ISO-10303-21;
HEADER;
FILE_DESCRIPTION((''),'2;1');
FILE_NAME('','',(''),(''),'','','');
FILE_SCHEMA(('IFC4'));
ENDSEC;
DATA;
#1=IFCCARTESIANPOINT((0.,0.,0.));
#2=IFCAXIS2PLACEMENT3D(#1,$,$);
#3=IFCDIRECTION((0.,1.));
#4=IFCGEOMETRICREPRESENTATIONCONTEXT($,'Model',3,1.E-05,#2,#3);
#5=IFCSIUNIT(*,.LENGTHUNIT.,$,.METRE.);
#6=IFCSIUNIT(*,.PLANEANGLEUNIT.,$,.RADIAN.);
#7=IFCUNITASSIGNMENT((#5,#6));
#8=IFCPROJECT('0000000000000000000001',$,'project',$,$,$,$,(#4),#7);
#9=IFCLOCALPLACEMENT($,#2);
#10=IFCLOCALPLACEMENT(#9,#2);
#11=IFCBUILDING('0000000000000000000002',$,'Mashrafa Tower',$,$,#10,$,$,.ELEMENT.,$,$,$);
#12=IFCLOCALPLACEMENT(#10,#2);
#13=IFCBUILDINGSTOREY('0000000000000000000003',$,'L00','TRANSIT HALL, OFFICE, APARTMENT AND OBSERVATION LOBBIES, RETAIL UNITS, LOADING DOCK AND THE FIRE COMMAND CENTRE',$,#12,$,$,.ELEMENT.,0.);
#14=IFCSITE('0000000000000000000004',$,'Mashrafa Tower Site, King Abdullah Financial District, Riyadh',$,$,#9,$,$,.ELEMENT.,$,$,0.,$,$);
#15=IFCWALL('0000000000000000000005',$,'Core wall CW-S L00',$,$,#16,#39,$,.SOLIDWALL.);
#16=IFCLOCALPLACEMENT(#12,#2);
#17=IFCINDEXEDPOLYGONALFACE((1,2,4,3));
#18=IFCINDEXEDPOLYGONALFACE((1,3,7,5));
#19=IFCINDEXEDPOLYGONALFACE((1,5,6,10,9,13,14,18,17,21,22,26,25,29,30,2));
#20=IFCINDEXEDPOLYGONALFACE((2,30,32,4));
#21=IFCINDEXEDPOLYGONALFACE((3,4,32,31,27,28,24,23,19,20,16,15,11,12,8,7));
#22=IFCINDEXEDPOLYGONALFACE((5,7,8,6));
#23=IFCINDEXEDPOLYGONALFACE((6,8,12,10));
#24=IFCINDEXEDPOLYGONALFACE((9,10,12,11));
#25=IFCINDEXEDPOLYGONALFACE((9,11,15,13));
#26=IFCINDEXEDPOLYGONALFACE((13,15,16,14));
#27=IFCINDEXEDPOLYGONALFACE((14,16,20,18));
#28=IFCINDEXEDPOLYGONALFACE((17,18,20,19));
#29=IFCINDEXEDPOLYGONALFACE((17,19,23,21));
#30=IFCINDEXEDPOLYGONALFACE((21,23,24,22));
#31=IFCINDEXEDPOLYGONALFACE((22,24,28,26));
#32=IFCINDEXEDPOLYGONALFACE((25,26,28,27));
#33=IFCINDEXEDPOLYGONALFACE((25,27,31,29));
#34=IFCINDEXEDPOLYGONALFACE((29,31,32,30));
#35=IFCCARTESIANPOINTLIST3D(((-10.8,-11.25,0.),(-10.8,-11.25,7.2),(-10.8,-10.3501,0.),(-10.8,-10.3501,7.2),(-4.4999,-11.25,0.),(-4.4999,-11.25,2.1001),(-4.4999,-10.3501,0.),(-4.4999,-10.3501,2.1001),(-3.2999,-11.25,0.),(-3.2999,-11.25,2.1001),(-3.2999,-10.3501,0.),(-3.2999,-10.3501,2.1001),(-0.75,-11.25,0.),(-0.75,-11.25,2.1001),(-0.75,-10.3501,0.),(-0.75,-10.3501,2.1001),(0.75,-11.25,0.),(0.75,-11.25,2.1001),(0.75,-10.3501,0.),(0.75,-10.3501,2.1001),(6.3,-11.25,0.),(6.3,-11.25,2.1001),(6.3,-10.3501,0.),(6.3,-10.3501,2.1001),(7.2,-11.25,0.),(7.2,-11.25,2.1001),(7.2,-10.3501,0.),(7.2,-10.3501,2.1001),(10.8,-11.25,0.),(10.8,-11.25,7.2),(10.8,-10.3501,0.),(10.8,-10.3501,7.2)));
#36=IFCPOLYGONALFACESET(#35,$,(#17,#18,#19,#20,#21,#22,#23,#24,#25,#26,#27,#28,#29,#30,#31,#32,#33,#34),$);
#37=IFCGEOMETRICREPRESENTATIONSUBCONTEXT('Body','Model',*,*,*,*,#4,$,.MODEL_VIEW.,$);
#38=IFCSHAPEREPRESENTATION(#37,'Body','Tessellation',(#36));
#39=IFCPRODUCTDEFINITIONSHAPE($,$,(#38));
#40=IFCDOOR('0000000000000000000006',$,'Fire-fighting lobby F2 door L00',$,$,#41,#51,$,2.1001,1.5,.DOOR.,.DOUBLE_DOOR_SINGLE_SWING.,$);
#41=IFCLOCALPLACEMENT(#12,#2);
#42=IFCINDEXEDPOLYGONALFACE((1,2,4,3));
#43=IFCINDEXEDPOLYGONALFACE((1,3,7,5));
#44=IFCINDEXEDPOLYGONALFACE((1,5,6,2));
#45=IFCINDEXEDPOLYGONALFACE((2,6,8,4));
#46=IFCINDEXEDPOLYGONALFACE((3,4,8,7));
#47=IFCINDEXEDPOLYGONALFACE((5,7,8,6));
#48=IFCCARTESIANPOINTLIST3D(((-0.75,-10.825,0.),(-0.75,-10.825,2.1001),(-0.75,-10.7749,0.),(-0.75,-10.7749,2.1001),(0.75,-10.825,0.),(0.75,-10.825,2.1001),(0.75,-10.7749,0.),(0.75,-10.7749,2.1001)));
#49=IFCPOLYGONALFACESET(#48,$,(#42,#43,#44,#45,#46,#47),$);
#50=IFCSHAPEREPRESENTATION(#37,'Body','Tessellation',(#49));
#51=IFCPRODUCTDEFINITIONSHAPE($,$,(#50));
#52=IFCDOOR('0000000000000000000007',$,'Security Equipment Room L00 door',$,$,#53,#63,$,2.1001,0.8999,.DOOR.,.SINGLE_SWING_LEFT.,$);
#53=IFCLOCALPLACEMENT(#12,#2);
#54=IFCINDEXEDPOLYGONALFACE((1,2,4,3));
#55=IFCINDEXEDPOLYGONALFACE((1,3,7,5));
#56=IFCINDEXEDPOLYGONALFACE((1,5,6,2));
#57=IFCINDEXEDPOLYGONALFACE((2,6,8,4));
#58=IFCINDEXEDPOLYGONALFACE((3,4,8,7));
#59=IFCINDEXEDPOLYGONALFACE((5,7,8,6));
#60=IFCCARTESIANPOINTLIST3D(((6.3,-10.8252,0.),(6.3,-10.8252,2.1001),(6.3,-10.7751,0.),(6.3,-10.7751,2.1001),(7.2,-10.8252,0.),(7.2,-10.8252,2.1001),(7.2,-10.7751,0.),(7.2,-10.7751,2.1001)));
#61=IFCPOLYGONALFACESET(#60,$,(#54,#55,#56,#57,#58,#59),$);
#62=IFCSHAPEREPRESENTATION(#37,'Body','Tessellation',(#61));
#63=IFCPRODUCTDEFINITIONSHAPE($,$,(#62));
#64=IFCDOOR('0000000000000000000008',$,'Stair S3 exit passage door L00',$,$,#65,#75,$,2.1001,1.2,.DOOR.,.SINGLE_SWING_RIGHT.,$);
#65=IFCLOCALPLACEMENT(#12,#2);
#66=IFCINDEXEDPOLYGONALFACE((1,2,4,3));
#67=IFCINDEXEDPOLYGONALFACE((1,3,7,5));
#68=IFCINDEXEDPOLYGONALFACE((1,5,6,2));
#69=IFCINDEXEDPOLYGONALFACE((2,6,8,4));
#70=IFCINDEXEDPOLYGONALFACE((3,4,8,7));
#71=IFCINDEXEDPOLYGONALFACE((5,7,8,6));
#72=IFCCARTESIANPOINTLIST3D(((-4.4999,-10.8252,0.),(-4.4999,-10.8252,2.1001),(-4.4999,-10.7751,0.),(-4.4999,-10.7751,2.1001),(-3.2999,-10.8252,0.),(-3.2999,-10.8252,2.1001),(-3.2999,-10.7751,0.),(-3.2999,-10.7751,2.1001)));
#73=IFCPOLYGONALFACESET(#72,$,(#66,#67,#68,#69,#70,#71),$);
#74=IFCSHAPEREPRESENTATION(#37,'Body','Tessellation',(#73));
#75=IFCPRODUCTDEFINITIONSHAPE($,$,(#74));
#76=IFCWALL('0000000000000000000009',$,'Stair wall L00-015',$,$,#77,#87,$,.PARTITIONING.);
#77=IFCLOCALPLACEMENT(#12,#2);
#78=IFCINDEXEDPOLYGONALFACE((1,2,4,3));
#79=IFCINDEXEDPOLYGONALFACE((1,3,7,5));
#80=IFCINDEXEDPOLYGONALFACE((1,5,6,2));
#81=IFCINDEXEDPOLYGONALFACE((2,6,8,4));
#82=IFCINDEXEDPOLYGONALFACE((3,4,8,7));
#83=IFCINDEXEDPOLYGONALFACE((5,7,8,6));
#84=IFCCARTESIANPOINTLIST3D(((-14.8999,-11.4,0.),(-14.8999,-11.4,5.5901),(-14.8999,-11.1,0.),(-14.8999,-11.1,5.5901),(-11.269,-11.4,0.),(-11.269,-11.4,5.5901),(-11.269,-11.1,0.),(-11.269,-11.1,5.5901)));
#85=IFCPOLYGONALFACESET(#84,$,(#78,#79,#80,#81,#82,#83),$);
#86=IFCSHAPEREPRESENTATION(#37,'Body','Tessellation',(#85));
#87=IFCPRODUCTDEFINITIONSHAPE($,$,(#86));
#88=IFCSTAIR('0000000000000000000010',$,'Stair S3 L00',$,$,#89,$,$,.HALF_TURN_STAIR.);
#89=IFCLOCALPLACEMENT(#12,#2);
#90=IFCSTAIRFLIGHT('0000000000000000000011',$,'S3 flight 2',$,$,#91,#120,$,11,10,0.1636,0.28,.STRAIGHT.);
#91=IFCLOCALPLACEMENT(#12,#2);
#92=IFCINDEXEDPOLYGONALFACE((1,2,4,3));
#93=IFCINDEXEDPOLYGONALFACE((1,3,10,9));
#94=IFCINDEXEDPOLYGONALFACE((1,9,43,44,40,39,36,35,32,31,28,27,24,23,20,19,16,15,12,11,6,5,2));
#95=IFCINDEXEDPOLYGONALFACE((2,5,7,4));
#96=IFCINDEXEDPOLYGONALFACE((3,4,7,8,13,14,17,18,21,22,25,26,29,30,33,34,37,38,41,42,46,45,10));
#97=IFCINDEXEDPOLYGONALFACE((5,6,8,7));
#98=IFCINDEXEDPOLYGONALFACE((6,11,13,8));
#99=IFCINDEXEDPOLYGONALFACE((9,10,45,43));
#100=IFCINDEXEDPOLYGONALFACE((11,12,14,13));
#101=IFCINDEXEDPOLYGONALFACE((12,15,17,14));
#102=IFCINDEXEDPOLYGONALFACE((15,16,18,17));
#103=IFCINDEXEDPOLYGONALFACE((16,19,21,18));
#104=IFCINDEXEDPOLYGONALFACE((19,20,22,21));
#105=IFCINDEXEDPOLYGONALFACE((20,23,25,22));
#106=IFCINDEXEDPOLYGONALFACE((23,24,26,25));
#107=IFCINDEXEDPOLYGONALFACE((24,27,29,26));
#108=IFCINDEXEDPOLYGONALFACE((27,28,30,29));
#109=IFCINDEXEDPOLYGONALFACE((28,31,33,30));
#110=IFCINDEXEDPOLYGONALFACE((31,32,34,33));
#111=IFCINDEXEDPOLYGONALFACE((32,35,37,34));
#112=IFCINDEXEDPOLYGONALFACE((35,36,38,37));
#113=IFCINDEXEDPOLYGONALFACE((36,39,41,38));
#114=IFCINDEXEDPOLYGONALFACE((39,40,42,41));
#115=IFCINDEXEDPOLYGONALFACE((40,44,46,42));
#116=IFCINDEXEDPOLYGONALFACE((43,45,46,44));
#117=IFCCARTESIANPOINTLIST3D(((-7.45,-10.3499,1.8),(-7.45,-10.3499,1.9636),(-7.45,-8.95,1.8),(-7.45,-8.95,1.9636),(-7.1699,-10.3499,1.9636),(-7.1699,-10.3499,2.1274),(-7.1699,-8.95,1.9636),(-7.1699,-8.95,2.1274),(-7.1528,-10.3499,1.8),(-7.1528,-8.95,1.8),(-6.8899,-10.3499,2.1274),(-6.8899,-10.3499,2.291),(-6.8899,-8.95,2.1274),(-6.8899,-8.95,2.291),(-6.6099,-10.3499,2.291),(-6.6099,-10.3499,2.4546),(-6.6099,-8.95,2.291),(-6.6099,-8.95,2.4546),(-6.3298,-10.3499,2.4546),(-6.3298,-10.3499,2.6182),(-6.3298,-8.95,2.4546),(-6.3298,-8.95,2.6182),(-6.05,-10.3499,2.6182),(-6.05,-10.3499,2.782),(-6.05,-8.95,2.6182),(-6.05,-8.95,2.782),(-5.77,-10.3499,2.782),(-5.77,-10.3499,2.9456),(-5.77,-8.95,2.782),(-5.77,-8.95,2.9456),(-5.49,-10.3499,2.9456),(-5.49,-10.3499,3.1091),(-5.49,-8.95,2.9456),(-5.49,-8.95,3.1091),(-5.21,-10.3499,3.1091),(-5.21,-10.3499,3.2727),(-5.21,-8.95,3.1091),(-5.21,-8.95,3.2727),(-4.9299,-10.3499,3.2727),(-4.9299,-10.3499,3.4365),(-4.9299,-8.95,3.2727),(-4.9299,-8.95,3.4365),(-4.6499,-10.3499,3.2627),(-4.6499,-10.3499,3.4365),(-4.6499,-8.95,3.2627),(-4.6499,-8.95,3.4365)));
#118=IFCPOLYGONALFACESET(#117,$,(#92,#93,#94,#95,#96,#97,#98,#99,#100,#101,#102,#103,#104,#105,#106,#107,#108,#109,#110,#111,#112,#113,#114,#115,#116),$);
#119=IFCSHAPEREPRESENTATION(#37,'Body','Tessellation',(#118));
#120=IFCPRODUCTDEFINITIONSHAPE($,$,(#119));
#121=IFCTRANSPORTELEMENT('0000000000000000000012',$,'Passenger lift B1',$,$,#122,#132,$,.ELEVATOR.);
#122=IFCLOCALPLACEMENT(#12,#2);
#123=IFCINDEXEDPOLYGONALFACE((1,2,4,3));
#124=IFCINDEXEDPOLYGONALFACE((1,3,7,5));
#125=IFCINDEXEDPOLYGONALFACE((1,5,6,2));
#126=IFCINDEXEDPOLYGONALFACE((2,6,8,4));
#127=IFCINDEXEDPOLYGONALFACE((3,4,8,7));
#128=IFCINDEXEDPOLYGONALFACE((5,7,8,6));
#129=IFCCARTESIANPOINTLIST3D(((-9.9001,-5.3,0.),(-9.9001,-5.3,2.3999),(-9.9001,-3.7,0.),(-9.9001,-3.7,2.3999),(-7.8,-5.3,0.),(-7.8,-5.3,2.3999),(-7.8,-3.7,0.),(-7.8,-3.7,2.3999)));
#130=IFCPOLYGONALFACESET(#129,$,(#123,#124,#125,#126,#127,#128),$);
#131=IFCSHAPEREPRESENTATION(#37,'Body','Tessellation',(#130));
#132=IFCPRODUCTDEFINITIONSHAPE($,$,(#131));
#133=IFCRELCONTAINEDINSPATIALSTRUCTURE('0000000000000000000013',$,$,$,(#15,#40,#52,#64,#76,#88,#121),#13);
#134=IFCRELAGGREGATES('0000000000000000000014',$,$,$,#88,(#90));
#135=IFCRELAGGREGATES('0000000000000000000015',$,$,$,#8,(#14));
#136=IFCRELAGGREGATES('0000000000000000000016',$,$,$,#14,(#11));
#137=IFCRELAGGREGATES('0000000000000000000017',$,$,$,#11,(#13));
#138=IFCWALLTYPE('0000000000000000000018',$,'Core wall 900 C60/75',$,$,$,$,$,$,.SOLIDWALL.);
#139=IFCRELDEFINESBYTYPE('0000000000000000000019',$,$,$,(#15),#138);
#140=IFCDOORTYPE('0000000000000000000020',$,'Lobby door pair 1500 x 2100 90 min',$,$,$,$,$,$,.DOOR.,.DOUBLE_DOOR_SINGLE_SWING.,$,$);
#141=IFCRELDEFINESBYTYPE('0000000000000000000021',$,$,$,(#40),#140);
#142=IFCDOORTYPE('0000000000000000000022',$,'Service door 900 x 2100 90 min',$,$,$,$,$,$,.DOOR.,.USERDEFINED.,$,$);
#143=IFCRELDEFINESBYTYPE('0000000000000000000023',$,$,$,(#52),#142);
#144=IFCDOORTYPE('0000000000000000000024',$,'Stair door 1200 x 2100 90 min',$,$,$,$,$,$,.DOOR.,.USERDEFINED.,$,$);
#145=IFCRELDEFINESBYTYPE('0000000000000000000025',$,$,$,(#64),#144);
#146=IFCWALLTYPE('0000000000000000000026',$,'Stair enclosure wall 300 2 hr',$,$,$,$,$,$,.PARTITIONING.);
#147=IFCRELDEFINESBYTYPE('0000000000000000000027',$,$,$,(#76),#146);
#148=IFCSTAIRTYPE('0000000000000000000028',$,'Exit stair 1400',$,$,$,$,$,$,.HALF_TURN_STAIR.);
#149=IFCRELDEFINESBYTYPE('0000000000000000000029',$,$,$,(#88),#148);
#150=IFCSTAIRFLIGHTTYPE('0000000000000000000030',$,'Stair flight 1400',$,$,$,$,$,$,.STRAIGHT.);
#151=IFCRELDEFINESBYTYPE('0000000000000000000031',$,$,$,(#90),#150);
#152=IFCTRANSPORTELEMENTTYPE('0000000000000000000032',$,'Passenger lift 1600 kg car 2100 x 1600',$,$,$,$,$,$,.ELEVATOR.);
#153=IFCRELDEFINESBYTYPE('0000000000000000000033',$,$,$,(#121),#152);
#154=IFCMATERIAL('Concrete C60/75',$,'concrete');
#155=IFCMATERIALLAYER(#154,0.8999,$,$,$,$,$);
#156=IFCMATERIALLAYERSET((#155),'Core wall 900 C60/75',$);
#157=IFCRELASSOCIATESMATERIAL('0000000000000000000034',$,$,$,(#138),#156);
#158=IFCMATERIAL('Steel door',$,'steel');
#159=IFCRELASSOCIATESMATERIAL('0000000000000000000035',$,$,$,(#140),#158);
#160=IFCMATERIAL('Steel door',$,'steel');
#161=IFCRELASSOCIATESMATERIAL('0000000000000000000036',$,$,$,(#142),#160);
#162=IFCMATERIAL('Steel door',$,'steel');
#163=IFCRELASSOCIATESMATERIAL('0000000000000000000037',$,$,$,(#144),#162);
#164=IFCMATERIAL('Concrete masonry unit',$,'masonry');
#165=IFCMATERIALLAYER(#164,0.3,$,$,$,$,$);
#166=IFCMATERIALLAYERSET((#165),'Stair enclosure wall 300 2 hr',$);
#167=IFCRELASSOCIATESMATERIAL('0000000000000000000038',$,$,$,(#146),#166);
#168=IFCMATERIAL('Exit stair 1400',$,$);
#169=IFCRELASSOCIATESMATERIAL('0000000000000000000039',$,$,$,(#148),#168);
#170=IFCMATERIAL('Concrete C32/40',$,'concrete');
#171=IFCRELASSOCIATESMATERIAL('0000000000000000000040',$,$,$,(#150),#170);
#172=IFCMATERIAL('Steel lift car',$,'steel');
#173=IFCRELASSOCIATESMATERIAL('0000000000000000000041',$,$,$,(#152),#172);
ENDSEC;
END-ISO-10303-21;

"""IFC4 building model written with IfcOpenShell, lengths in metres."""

from ifc_helpers import new_model, si_unit, direction, frame, frame_2d, origin, origin_2d, place, context, subcontext, project, spatial, polyline, rectangle, outline, extrude, material, layer, layer_set, type_object, element, fill, aggregate, save


model = new_model("IFC4")

# Units and contexts
model_context = context("Model", 3, precision=1e-05, world=origin(), true_north=direction((0.0, 1.0)))
body_context = subcontext(model_context, "Body", "Model", "MODEL_VIEW")
ifc_project = project(units=[si_unit("LENGTHUNIT", "METRE"), si_unit("PLANEANGLEUNIT", "RADIAN")], contexts=[model_context])

# Site, building, storey
site_placement = place(None, origin())
site = spatial("IfcSite", under=ifc_project, at=site_placement, Name="Mashrafa Tower Site, King Abdullah Financial District, Riyadh", CompositionType="ELEMENT", RefElevation=0.0)
building_placement = place(site_placement, origin())
building = spatial("IfcBuilding", under=site, at=building_placement, Name="Mashrafa Tower", CompositionType="ELEMENT")
storey_placement = place(building_placement, origin())
storey = spatial("IfcBuildingStorey", under=building, at=storey_placement, Name="L00", Description="TRANSIT HALL, OFFICE, APARTMENT AND OBSERVATION LOBBIES, RETAIL UNITS, LOADING DOCK AND THE FIRE COMMAND CENTRE", CompositionType="ELEMENT", Elevation=0.0)

# Wall, openings, doors
ifc_material_1 = material(Name="Concrete C60/75", Category="concrete")
ifc_layer_1 = layer(ifc_material_1, 0.8999)
ifc_layer_set_1 = layer_set([ifc_layer_1], Name="Core wall 900 C60/75")
wall_type_1 = type_object("IfcWallType", Name="Core wall 900 C60/75", PredefinedType="SOLIDWALL", material=ifc_layer_set_1)
wall_1_placement = place(storey_placement, frame((-10.8, -10.8, 0.0), z_axis=(0.0, 0.0, 1.0), x_axis=(1.0, 0.0, 0.0)))
wall_1 = element("IfcWall", 1, at=wall_1_placement, inside=storey, type_object=wall_type_1, Name="Core wall CW-S L00", PredefinedType="SOLIDWALL", context=body_context, shape_type="SweptSolid", body=[
    extrude(rectangle(XDim=21.6001, YDim=0.8999, at=frame_2d((10.8, 0.0))), origin(), (0.0, 0.0, 1.0), 7.2),
])
opening_1_placement = place(wall_1_placement, frame((10.05, 0.0, 0.0)))
opening_1 = element("IfcOpeningElement", 2, at=opening_1_placement, cuts=wall_1, PredefinedType="OPENING", context=body_context, shape_type="SweptSolid", body=[
    extrude(rectangle(XDim=1.5, YDim=2.1001, at=frame_2d((0.75, 1.05))), frame((0.0, 0.46, 0.0), z_axis=(0.0, -1.0, 0.0), x_axis=(1.0, 0.0, 0.0)), (0.0, 0.0, 1.0), 0.9199),
])
opening_2_placement = place(wall_1_placement, frame((6.3, 0.0, 0.0)))
opening_2 = element("IfcOpeningElement", 3, at=opening_2_placement, cuts=wall_1, PredefinedType="OPENING", context=body_context, shape_type="SweptSolid", body=[
    extrude(rectangle(XDim=1.2, YDim=2.1001, at=frame_2d((0.6001, 1.05))), frame((0.0, 0.46, 0.0), z_axis=(0.0, -1.0, 0.0), x_axis=(1.0, 0.0, 0.0)), (0.0, 0.0, 1.0), 0.9199),
])
opening_3_placement = place(wall_1_placement, frame((17.1001, 0.0, 0.0)))
opening_3 = element("IfcOpeningElement", 4, at=opening_3_placement, cuts=wall_1, PredefinedType="OPENING", context=body_context, shape_type="SweptSolid", body=[
    extrude(rectangle(XDim=0.8999, YDim=2.1001, at=frame_2d((0.45, 1.05))), frame((0.0, 0.46, 0.0), z_axis=(0.0, -1.0, 0.0), x_axis=(1.0, 0.0, 0.0)), (0.0, 0.0, 1.0), 0.9199),
])
ifc_material_2 = material(Name="Steel door", Category="steel")
door_type_1 = type_object("IfcDoorType", Name="Lobby door pair 1500 x 2100 90 min", OperationType="DOUBLE_DOOR_SINGLE_SWING", PredefinedType="DOOR", material=ifc_material_2)
door_1_placement = place(opening_1_placement, frame((1.5, 0.0, 0.0), z_axis=(0.0, 0.0, 1.0), x_axis=(-1.0, 0.0, 0.0)))
door_1 = element("IfcDoor", 5, at=door_1_placement, inside=storey, type_object=door_type_1, Name="Fire-fighting lobby F2 door L00", OperationType="DOUBLE_DOOR_SINGLE_SWING", OverallHeight=2.1001, OverallWidth=1.5, PredefinedType="DOOR", context=body_context, shape_type="SweptSolid", body=[
    extrude(rectangle(XDim=1.5, YDim=2.1001, at=frame_2d((0.75, 1.05))), frame((0.0, 0.0249, 0.0), z_axis=(0.0, -1.0, 0.0), x_axis=(1.0, 0.0, 0.0)), (0.0, 0.0, 1.0), 0.05),
])
fill(opening_1, door_1)
ifc_material_3 = material(Name="Steel door", Category="steel")
door_type_2 = type_object("IfcDoorType", Name="Service door 900 x 2100 90 min", OperationType="USERDEFINED", PredefinedType="DOOR", material=ifc_material_3)
door_2_placement = place(opening_3_placement, origin())
door_2 = element("IfcDoor", 6, at=door_2_placement, inside=storey, type_object=door_type_2, Name="Security Equipment Room L00 door", OperationType="SINGLE_SWING_LEFT", OverallHeight=2.1001, OverallWidth=0.8999, PredefinedType="DOOR", context=body_context, shape_type="SweptSolid", body=[
    extrude(rectangle(XDim=0.8999, YDim=2.1001, at=frame_2d((0.45, 1.05))), frame((0.0, 0.0249, 0.0), z_axis=(0.0, -1.0, 0.0), x_axis=(1.0, 0.0, 0.0)), (0.0, 0.0, 1.0), 0.05),
])
fill(opening_3, door_2)
ifc_material_4 = material(Name="Steel door", Category="steel")
door_type_3 = type_object("IfcDoorType", Name="Stair door 1200 x 2100 90 min", OperationType="USERDEFINED", PredefinedType="DOOR", material=ifc_material_4)
door_3_placement = place(opening_2_placement, origin())
door_3 = element("IfcDoor", 7, at=door_3_placement, inside=storey, type_object=door_type_3, Name="Stair S3 exit passage door L00", OperationType="SINGLE_SWING_RIGHT", OverallHeight=2.1001, OverallWidth=1.2, PredefinedType="DOOR", context=body_context, shape_type="SweptSolid", body=[
    extrude(rectangle(XDim=1.2, YDim=2.1001, at=frame_2d((0.6001, 1.05))), frame((0.0, 0.0249, 0.0), z_axis=(0.0, -1.0, 0.0), x_axis=(1.0, 0.0, 0.0)), (0.0, 0.0, 1.0), 0.05),
])
fill(opening_2, door_3)

# Wall
ifc_material_5 = material(Name="Concrete masonry unit", Category="masonry")
ifc_layer_2 = layer(ifc_material_5, 0.3)
ifc_layer_set_2 = layer_set([ifc_layer_2], Name="Stair enclosure wall 300 2 hr")
wall_type_2 = type_object("IfcWallType", Name="Stair enclosure wall 300 2 hr", PredefinedType="PARTITIONING", material=ifc_layer_set_2)
wall_2_placement = place(storey_placement, frame((-11.269, -11.25, 0.0), z_axis=(0.0, 0.0, 1.0), x_axis=(-1.0, 0.0, 0.0)))
element("IfcWall", 8, at=wall_2_placement, inside=storey, type_object=wall_type_2, Name="Stair wall L00-015", PredefinedType="PARTITIONING", context=body_context, shape_type="SweptSolid", body=[
    extrude(rectangle(XDim=3.6309, YDim=0.3, at=frame_2d((1.8154, 0.0))), origin(), (0.0, 0.0, 1.0), 5.5901),
])

# Stair, stair flight
ifc_material_6 = material(Name="Exit stair 1400")
stair_type = type_object("IfcStairType", Name="Exit stair 1400", PredefinedType="HALF_TURN_STAIR", material=ifc_material_6)
stair_placement = place(storey_placement, origin())
stair = element("IfcStair", 9, at=stair_placement, inside=storey, type_object=stair_type, Name="Stair S3 L00", PredefinedType="HALF_TURN_STAIR")
ifc_material_7 = material(Name="Concrete C32/40", Category="concrete")
stair_flight_type = type_object("IfcStairFlightType", Name="Stair flight 1400", PredefinedType="STRAIGHT", material=ifc_material_7)
stair_flight_placement = place(storey_placement, frame((-7.45, -9.6499, 1.8), z_axis=(0.0, 0.0, 1.0), x_axis=(1.0, 0.0, 0.0)))
stair_flight = element("IfcStairFlight", 10, at=stair_flight_placement, type_object=stair_flight_type, Name="S3 flight 2", NumberOfRisers=11, NumberOfTreads=10, PredefinedType="STRAIGHT", RiserHeight=0.1636, TreadLength=0.28, context=body_context, shape_type="SweptSolid", body=[
    extrude(outline(polyline([(0.0, 0.0), (0.0, 0.1636), (0.28, 0.1636), (0.28, 0.3274), (0.5601, 0.3274), (0.5601, 0.491), (0.8401, 0.491), (0.8401, 0.6545), (1.1201, 0.6545), (1.1201, 0.8181), (1.3999, 0.8181), (1.3999, 0.9819), (1.6799, 0.9819), (1.6799, 1.1455), (1.96, 1.1455), (1.96, 1.3091), (2.24, 1.3091), (2.24, 1.4727), (2.52, 1.4727), (2.52, 1.6365), (2.8, 1.6365), (2.8, 1.8), (2.8, 1.4626), (0.2971, 0.0), (0.0, 0.0)])), frame((0.0, 0.7, 0.0), z_axis=(0.0, -1.0, 0.0), x_axis=(1.0, 0.0, 0.0)), (0.0, 0.0, 1.0), 1.3999),
])
aggregate(stair, [stair_flight])

# Transport element
ifc_material_8 = material(Name="Steel lift car", Category="steel")
transport_element_type = type_object("IfcTransportElementType", Name="Passenger lift 1600 kg car 2100 x 1600", PredefinedType="ELEVATOR", material=ifc_material_8)
transport_element_placement = place(storey_placement, frame((-8.8501, -4.5, 0.0), z_axis=(0.0, 0.0, 1.0), x_axis=(1.0, 0.0, 0.0)))
element("IfcTransportElement", 11, at=transport_element_placement, inside=storey, type_object=transport_element_type, Name="Passenger lift B1", PredefinedType="ELEVATOR", context=body_context, shape_type="SweptSolid", body=[
    extrude(rectangle(XDim=2.1001, YDim=1.6001, at=origin_2d()), origin(), (0.0, 0.0, 1.0), 2.3999),
])

save(model, "model.ifc")
